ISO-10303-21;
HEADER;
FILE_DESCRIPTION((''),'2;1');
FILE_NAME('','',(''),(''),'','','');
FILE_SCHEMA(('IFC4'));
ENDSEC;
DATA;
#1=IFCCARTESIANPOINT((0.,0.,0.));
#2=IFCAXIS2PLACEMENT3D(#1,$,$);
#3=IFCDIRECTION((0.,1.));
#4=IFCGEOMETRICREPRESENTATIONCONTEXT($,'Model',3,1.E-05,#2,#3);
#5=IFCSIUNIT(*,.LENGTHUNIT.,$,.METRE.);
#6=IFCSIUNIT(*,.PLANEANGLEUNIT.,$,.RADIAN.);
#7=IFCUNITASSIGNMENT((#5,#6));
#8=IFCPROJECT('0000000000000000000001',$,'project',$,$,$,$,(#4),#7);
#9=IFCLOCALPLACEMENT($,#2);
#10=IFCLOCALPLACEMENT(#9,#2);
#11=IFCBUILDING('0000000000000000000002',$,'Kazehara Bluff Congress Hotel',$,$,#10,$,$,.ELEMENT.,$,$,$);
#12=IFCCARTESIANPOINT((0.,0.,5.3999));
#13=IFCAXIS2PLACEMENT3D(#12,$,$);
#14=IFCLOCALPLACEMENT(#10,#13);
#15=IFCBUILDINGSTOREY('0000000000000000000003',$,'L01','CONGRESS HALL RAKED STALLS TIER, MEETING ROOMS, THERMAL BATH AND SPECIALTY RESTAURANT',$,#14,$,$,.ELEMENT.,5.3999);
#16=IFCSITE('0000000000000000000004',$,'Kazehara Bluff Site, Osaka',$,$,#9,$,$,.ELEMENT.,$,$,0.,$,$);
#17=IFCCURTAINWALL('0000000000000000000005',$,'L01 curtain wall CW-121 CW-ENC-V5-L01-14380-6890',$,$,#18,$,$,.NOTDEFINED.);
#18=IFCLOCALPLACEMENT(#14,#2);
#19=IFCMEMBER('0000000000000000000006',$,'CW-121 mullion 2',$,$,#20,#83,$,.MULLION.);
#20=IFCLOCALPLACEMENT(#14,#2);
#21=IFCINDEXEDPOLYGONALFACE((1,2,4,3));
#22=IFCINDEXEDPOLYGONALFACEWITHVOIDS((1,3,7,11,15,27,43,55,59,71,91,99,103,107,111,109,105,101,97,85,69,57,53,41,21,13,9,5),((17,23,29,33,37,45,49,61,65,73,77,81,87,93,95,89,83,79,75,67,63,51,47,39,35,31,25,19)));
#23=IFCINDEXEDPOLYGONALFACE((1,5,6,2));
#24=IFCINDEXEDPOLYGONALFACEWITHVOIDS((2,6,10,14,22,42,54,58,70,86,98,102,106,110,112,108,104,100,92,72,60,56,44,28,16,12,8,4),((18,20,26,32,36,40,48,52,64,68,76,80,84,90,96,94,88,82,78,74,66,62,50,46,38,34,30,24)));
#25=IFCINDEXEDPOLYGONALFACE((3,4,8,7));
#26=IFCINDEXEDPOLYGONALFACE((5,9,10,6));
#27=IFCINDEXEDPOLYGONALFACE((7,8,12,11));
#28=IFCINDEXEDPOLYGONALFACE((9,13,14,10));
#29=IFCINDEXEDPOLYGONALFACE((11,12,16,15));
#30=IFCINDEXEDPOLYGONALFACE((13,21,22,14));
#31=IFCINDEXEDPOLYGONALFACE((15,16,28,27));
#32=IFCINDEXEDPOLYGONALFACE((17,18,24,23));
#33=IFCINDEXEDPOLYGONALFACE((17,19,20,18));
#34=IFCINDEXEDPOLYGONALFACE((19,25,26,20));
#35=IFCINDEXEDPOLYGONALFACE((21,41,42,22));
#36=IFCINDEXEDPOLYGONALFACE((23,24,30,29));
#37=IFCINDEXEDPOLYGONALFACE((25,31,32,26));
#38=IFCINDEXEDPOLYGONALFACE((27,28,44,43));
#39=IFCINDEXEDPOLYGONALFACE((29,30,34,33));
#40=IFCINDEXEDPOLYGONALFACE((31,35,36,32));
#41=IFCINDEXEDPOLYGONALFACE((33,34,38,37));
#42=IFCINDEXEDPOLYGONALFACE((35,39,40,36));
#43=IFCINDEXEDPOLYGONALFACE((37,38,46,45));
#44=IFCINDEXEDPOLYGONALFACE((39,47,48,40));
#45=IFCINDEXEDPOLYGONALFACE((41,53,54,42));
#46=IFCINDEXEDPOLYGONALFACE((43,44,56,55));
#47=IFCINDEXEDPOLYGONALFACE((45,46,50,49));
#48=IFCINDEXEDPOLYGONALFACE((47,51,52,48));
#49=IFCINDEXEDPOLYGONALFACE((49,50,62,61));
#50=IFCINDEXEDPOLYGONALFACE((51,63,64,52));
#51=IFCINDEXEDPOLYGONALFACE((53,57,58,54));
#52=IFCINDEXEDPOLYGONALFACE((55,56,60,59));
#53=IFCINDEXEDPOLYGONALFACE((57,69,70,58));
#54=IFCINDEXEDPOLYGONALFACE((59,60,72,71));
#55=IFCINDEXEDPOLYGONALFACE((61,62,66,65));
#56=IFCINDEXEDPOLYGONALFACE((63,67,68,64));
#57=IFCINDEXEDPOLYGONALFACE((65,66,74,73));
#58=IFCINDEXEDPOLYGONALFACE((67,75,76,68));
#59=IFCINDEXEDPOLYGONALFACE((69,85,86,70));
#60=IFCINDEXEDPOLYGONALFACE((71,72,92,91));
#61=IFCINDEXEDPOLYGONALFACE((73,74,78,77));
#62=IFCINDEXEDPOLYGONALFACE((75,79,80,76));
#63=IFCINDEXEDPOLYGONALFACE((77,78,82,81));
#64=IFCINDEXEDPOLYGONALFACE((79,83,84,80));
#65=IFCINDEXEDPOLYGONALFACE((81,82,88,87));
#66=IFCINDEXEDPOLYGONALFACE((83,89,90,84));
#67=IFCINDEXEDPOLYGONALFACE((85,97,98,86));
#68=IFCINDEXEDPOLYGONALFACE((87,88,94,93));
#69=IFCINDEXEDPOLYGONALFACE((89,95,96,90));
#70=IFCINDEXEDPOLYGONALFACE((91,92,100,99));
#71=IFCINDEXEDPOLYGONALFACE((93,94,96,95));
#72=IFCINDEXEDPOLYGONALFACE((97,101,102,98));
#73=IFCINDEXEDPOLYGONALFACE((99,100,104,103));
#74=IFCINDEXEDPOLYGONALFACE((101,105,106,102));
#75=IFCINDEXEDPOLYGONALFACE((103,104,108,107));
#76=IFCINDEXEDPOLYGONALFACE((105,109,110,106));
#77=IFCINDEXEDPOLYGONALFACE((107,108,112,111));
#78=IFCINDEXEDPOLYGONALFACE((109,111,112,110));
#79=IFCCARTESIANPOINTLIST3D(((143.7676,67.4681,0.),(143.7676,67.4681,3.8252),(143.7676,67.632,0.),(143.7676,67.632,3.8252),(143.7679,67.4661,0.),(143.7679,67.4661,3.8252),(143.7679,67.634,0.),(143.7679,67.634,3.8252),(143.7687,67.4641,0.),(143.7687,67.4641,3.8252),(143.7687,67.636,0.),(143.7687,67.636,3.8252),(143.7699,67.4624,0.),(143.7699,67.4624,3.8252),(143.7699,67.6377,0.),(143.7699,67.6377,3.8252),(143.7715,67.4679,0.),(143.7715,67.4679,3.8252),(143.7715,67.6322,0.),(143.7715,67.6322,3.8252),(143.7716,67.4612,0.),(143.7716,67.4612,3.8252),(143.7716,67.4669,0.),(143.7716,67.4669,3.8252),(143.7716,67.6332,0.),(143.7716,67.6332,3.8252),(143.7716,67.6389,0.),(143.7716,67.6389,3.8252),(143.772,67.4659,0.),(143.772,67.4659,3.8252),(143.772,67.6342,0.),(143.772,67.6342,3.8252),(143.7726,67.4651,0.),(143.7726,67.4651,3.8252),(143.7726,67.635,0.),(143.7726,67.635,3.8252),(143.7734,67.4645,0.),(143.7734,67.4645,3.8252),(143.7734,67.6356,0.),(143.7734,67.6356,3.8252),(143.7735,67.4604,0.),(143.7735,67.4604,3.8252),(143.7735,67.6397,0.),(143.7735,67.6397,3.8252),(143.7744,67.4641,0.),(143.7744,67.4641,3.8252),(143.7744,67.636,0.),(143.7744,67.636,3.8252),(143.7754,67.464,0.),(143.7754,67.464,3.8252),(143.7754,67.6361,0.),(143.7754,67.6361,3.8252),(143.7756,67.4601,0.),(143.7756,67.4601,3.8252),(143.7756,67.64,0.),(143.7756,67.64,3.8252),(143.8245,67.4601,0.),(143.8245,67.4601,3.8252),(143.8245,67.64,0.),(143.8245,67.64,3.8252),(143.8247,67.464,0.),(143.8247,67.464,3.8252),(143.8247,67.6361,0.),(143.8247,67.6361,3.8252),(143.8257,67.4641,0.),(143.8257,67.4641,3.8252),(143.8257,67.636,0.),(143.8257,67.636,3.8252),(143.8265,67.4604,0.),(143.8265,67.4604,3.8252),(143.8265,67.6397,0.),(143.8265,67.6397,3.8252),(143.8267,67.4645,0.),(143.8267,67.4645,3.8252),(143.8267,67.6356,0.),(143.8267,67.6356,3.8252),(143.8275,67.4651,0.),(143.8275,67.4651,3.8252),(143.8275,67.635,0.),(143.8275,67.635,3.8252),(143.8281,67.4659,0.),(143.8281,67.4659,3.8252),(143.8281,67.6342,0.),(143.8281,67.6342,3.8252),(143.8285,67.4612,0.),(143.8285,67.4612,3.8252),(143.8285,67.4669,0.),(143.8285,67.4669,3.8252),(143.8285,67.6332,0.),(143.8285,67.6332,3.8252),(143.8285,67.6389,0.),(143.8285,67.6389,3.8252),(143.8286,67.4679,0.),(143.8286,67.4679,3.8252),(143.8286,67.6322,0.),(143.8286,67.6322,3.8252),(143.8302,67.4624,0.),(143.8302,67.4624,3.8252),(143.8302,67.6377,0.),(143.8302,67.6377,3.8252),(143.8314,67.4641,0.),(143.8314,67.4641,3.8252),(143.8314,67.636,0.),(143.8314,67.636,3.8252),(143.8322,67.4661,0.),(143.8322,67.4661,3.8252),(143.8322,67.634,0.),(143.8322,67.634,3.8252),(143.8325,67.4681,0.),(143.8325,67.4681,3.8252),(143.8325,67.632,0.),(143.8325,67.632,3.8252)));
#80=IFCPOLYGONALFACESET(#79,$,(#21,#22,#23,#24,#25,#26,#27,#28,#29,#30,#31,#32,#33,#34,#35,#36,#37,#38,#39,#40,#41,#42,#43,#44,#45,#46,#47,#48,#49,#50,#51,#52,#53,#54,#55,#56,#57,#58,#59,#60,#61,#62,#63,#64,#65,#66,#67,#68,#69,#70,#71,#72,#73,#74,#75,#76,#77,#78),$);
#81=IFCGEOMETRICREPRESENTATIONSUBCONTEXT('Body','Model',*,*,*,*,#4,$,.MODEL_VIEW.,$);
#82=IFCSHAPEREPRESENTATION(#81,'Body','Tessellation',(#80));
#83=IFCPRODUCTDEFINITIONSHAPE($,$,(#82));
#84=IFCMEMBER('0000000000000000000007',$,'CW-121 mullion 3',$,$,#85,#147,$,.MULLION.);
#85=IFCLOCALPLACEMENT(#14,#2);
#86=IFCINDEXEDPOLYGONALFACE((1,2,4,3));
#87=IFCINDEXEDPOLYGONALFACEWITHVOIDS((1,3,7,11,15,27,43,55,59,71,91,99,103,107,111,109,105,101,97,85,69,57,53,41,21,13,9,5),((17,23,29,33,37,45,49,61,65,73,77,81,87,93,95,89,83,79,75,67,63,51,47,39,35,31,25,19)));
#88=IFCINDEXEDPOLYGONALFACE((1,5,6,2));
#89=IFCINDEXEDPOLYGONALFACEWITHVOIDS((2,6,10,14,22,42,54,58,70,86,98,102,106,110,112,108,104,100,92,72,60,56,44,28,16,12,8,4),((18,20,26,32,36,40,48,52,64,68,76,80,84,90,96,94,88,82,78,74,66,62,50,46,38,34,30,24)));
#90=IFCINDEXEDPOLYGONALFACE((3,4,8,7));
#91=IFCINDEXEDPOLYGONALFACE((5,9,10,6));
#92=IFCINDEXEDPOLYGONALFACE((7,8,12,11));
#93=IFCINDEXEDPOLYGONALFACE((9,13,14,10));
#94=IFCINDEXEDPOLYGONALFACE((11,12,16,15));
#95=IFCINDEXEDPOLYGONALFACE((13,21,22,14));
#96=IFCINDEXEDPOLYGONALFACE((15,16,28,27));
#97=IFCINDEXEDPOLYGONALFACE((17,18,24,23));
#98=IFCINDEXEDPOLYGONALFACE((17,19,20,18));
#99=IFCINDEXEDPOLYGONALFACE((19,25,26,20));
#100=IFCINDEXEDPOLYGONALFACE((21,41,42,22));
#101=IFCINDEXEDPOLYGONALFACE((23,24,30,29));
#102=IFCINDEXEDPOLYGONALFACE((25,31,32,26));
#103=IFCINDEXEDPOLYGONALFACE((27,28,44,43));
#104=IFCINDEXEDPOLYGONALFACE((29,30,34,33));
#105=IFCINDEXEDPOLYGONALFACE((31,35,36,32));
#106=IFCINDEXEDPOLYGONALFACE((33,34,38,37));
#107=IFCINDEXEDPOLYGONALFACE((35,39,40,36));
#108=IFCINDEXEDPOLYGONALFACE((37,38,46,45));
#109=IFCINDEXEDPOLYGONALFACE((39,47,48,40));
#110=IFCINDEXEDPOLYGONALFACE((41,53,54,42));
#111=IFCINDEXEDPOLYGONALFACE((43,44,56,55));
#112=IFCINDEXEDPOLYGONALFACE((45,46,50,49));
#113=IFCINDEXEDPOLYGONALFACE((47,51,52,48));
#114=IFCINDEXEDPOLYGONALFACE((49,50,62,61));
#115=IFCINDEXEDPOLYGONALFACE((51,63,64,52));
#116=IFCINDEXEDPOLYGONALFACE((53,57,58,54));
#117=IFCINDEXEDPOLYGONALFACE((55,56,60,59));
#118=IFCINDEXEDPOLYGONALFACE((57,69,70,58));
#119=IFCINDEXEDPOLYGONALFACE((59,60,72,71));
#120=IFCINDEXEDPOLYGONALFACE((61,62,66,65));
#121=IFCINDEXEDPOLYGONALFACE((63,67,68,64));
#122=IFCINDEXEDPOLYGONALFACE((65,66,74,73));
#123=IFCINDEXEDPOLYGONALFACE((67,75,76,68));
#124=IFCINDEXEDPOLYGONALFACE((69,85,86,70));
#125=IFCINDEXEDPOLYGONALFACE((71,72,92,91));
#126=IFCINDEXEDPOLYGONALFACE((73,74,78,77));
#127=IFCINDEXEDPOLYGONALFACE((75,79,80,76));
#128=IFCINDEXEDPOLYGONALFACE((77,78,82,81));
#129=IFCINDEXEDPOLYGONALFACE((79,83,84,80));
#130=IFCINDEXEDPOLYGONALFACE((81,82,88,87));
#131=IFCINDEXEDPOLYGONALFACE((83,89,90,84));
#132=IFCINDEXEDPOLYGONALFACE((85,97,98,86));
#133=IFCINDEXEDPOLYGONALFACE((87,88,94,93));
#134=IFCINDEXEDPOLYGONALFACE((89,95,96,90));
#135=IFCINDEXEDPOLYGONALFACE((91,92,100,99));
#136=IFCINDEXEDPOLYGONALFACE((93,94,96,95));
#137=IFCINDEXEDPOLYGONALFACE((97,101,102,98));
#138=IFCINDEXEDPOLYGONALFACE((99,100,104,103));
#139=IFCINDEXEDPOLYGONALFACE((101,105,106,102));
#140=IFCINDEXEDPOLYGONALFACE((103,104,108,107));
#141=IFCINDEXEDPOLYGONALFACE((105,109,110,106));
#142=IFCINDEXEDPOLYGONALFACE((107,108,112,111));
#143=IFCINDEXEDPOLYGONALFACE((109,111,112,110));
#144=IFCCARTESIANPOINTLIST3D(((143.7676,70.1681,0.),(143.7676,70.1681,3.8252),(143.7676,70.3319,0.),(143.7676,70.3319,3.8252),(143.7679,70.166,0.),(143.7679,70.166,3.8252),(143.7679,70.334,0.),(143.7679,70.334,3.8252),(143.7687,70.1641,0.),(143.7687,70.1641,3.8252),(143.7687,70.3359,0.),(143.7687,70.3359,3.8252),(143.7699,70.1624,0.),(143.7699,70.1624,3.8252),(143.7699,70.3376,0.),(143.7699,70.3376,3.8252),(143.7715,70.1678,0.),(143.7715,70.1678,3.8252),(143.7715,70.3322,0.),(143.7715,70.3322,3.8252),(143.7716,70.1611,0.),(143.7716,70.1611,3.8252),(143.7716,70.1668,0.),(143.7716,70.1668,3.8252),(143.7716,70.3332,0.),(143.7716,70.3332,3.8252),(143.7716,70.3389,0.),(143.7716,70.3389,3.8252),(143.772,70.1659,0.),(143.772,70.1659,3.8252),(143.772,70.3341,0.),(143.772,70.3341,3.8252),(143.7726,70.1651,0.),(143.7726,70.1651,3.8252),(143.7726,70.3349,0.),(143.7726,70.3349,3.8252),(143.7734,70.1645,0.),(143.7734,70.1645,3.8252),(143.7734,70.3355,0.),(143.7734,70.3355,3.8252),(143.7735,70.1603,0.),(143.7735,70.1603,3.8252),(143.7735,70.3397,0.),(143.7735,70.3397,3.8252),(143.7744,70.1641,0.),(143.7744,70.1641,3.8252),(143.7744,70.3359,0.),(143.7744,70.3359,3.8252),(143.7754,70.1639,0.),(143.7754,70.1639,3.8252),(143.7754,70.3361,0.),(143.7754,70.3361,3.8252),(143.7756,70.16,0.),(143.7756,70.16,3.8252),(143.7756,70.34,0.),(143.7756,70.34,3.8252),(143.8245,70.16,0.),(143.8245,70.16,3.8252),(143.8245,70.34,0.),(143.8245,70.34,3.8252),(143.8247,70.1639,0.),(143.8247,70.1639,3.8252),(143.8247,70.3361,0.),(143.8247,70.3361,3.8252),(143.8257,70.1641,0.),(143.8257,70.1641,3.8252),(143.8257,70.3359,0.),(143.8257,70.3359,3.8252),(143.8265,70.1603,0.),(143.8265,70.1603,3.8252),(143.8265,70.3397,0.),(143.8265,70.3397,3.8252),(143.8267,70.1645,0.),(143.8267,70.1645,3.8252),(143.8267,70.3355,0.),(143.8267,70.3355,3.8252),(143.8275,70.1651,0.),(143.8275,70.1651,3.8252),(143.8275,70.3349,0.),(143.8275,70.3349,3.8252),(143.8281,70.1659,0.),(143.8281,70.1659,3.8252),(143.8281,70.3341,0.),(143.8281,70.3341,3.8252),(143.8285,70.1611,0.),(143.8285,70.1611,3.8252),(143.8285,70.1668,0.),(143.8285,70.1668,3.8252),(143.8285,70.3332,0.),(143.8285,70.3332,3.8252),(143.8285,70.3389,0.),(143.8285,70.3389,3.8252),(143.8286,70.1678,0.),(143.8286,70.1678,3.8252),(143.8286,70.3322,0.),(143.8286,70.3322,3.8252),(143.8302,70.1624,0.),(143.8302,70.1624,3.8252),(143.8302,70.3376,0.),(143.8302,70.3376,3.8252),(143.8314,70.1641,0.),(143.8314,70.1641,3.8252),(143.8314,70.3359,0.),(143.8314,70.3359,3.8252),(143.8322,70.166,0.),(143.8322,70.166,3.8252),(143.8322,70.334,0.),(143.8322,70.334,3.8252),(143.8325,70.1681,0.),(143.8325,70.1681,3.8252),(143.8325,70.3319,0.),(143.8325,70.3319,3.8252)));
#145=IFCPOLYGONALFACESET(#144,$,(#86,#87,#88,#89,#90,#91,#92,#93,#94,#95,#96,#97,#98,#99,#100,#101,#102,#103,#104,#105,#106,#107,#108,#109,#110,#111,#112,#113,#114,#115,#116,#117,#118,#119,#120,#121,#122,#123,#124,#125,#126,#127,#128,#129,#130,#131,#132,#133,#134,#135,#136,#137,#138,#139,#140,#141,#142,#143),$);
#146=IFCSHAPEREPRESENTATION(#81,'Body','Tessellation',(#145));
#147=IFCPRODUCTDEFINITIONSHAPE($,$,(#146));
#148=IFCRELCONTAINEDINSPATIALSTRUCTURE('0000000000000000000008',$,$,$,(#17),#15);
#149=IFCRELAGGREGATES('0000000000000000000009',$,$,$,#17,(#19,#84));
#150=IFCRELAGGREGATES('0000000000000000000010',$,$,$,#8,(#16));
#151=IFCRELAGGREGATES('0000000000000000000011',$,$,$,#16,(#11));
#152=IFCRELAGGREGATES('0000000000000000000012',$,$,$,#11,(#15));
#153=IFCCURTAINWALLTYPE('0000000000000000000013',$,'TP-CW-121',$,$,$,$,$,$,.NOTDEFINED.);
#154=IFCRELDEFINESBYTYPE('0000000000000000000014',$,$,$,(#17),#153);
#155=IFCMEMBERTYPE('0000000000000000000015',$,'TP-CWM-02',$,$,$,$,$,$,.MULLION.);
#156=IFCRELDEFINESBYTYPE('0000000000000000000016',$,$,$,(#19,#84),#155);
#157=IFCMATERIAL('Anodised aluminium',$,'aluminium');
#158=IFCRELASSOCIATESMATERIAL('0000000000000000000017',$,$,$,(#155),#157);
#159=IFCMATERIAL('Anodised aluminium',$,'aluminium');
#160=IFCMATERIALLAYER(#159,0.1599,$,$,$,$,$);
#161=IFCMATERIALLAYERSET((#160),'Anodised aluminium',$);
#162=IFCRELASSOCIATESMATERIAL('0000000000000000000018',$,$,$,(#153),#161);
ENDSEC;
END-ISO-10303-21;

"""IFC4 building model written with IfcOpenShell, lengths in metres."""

from ifc_helpers import new_model, si_unit, direction, frame, origin, origin_2d, place, context, subcontext, project, spatial, hollow_rectangle, extrude, material, layer, layer_set, material_profile, profile_set, type_object, element, aggregate, save


model = new_model("IFC4")

# Units and contexts
model_context = context("Model", 3, precision=1e-05, world=origin(), true_north=direction((0.0, 1.0)))
body_context = subcontext(model_context, "Body", "Model", "MODEL_VIEW")
ifc_project = project(units=[si_unit("LENGTHUNIT", "METRE"), si_unit("PLANEANGLEUNIT", "RADIAN")], contexts=[model_context])

# Site, building, storey
site_placement = place(None, origin())
site = spatial("IfcSite", under=ifc_project, at=site_placement, Name="Kazehara Bluff Site, Osaka", CompositionType="ELEMENT", RefElevation=0.0)
building_placement = place(site_placement, origin())
building = spatial("IfcBuilding", under=site, at=building_placement, Name="Kazehara Bluff Congress Hotel", CompositionType="ELEMENT")
storey_placement = place(building_placement, frame((0.0, 0.0, 5.3999)))
storey = spatial("IfcBuildingStorey", under=building, at=storey_placement, Name="L01", Description="CONGRESS HALL RAKED STALLS TIER, MEETING ROOMS, THERMAL BATH AND SPECIALTY RESTAURANT", CompositionType="ELEMENT", Elevation=5.3999)

# Curtain wall, members
ifc_material_1 = material(Name="Anodised aluminium", Category="aluminium")
ifc_material_profile_1 = material_profile(ifc_material_1, hollow_rectangle(XDim=0.0649, YDim=0.1799, WallThickness=0.0039, InnerFilletRadius=0.0039, OuterFilletRadius=0.0081, at=origin_2d()))
ifc_profile_set_1 = profile_set([ifc_material_profile_1], Name="Anodised aluminium")
member_type_1 = type_object("IfcMemberType", Name="TP-CWM-02", PredefinedType="MULLION", material=ifc_profile_set_1)
ifc_material_2 = material(Name="Anodised aluminium", Category="aluminium")
ifc_layer_1 = layer(ifc_material_2, 0.1599)
ifc_layer_set_1 = layer_set([ifc_layer_1], Name="Anodised aluminium")
curtain_wall_type_1 = type_object("IfcCurtainWallType", Name="TP-CW-121", PredefinedType="NOTDEFINED", material=ifc_layer_set_1)
curtain_wall_1_placement = place(storey_placement, origin())
curtain_wall_1 = element("IfcCurtainWall", 1, at=curtain_wall_1_placement, inside=storey, type_object=curtain_wall_type_1, Name="L01 curtain wall CW-121 CW-ENC-V5-L01-14380-6890", PredefinedType="NOTDEFINED")
member_1_placement = place(storey_placement, frame((143.8, 67.55, 0.0), z_axis=(0.0, 0.0, 1.0), x_axis=(-1.0, 0.0, 0.0)))
member_1 = element("IfcMember", 2, at=member_1_placement, type_object=member_type_1, Name="CW-121 mullion 2", PredefinedType="MULLION", context=body_context, shape_type="SweptSolid", body=[
    extrude(hollow_rectangle(XDim=0.0649, YDim=0.1799, WallThickness=0.0039, InnerFilletRadius=0.0039, OuterFilletRadius=0.0081, at=origin_2d()), origin(), (0.0, 0.0, 1.0), 3.8252),
])
member_2_placement = place(storey_placement, frame((143.8, 70.25, 0.0), z_axis=(0.0, 0.0, 1.0), x_axis=(-1.0, 0.0, 0.0)))
member_2 = element("IfcMember", 3, at=member_2_placement, type_object=member_type_1, Name="CW-121 mullion 3", PredefinedType="MULLION", context=body_context, shape_type="SweptSolid", body=[
    extrude(hollow_rectangle(XDim=0.0649, YDim=0.1799, WallThickness=0.0039, InnerFilletRadius=0.0039, OuterFilletRadius=0.0081, at=origin_2d()), origin(), (0.0, 0.0, 1.0), 3.8252),
])

aggregate(curtain_wall_1, [member_1, member_2])

save(model, "model.ifc")
